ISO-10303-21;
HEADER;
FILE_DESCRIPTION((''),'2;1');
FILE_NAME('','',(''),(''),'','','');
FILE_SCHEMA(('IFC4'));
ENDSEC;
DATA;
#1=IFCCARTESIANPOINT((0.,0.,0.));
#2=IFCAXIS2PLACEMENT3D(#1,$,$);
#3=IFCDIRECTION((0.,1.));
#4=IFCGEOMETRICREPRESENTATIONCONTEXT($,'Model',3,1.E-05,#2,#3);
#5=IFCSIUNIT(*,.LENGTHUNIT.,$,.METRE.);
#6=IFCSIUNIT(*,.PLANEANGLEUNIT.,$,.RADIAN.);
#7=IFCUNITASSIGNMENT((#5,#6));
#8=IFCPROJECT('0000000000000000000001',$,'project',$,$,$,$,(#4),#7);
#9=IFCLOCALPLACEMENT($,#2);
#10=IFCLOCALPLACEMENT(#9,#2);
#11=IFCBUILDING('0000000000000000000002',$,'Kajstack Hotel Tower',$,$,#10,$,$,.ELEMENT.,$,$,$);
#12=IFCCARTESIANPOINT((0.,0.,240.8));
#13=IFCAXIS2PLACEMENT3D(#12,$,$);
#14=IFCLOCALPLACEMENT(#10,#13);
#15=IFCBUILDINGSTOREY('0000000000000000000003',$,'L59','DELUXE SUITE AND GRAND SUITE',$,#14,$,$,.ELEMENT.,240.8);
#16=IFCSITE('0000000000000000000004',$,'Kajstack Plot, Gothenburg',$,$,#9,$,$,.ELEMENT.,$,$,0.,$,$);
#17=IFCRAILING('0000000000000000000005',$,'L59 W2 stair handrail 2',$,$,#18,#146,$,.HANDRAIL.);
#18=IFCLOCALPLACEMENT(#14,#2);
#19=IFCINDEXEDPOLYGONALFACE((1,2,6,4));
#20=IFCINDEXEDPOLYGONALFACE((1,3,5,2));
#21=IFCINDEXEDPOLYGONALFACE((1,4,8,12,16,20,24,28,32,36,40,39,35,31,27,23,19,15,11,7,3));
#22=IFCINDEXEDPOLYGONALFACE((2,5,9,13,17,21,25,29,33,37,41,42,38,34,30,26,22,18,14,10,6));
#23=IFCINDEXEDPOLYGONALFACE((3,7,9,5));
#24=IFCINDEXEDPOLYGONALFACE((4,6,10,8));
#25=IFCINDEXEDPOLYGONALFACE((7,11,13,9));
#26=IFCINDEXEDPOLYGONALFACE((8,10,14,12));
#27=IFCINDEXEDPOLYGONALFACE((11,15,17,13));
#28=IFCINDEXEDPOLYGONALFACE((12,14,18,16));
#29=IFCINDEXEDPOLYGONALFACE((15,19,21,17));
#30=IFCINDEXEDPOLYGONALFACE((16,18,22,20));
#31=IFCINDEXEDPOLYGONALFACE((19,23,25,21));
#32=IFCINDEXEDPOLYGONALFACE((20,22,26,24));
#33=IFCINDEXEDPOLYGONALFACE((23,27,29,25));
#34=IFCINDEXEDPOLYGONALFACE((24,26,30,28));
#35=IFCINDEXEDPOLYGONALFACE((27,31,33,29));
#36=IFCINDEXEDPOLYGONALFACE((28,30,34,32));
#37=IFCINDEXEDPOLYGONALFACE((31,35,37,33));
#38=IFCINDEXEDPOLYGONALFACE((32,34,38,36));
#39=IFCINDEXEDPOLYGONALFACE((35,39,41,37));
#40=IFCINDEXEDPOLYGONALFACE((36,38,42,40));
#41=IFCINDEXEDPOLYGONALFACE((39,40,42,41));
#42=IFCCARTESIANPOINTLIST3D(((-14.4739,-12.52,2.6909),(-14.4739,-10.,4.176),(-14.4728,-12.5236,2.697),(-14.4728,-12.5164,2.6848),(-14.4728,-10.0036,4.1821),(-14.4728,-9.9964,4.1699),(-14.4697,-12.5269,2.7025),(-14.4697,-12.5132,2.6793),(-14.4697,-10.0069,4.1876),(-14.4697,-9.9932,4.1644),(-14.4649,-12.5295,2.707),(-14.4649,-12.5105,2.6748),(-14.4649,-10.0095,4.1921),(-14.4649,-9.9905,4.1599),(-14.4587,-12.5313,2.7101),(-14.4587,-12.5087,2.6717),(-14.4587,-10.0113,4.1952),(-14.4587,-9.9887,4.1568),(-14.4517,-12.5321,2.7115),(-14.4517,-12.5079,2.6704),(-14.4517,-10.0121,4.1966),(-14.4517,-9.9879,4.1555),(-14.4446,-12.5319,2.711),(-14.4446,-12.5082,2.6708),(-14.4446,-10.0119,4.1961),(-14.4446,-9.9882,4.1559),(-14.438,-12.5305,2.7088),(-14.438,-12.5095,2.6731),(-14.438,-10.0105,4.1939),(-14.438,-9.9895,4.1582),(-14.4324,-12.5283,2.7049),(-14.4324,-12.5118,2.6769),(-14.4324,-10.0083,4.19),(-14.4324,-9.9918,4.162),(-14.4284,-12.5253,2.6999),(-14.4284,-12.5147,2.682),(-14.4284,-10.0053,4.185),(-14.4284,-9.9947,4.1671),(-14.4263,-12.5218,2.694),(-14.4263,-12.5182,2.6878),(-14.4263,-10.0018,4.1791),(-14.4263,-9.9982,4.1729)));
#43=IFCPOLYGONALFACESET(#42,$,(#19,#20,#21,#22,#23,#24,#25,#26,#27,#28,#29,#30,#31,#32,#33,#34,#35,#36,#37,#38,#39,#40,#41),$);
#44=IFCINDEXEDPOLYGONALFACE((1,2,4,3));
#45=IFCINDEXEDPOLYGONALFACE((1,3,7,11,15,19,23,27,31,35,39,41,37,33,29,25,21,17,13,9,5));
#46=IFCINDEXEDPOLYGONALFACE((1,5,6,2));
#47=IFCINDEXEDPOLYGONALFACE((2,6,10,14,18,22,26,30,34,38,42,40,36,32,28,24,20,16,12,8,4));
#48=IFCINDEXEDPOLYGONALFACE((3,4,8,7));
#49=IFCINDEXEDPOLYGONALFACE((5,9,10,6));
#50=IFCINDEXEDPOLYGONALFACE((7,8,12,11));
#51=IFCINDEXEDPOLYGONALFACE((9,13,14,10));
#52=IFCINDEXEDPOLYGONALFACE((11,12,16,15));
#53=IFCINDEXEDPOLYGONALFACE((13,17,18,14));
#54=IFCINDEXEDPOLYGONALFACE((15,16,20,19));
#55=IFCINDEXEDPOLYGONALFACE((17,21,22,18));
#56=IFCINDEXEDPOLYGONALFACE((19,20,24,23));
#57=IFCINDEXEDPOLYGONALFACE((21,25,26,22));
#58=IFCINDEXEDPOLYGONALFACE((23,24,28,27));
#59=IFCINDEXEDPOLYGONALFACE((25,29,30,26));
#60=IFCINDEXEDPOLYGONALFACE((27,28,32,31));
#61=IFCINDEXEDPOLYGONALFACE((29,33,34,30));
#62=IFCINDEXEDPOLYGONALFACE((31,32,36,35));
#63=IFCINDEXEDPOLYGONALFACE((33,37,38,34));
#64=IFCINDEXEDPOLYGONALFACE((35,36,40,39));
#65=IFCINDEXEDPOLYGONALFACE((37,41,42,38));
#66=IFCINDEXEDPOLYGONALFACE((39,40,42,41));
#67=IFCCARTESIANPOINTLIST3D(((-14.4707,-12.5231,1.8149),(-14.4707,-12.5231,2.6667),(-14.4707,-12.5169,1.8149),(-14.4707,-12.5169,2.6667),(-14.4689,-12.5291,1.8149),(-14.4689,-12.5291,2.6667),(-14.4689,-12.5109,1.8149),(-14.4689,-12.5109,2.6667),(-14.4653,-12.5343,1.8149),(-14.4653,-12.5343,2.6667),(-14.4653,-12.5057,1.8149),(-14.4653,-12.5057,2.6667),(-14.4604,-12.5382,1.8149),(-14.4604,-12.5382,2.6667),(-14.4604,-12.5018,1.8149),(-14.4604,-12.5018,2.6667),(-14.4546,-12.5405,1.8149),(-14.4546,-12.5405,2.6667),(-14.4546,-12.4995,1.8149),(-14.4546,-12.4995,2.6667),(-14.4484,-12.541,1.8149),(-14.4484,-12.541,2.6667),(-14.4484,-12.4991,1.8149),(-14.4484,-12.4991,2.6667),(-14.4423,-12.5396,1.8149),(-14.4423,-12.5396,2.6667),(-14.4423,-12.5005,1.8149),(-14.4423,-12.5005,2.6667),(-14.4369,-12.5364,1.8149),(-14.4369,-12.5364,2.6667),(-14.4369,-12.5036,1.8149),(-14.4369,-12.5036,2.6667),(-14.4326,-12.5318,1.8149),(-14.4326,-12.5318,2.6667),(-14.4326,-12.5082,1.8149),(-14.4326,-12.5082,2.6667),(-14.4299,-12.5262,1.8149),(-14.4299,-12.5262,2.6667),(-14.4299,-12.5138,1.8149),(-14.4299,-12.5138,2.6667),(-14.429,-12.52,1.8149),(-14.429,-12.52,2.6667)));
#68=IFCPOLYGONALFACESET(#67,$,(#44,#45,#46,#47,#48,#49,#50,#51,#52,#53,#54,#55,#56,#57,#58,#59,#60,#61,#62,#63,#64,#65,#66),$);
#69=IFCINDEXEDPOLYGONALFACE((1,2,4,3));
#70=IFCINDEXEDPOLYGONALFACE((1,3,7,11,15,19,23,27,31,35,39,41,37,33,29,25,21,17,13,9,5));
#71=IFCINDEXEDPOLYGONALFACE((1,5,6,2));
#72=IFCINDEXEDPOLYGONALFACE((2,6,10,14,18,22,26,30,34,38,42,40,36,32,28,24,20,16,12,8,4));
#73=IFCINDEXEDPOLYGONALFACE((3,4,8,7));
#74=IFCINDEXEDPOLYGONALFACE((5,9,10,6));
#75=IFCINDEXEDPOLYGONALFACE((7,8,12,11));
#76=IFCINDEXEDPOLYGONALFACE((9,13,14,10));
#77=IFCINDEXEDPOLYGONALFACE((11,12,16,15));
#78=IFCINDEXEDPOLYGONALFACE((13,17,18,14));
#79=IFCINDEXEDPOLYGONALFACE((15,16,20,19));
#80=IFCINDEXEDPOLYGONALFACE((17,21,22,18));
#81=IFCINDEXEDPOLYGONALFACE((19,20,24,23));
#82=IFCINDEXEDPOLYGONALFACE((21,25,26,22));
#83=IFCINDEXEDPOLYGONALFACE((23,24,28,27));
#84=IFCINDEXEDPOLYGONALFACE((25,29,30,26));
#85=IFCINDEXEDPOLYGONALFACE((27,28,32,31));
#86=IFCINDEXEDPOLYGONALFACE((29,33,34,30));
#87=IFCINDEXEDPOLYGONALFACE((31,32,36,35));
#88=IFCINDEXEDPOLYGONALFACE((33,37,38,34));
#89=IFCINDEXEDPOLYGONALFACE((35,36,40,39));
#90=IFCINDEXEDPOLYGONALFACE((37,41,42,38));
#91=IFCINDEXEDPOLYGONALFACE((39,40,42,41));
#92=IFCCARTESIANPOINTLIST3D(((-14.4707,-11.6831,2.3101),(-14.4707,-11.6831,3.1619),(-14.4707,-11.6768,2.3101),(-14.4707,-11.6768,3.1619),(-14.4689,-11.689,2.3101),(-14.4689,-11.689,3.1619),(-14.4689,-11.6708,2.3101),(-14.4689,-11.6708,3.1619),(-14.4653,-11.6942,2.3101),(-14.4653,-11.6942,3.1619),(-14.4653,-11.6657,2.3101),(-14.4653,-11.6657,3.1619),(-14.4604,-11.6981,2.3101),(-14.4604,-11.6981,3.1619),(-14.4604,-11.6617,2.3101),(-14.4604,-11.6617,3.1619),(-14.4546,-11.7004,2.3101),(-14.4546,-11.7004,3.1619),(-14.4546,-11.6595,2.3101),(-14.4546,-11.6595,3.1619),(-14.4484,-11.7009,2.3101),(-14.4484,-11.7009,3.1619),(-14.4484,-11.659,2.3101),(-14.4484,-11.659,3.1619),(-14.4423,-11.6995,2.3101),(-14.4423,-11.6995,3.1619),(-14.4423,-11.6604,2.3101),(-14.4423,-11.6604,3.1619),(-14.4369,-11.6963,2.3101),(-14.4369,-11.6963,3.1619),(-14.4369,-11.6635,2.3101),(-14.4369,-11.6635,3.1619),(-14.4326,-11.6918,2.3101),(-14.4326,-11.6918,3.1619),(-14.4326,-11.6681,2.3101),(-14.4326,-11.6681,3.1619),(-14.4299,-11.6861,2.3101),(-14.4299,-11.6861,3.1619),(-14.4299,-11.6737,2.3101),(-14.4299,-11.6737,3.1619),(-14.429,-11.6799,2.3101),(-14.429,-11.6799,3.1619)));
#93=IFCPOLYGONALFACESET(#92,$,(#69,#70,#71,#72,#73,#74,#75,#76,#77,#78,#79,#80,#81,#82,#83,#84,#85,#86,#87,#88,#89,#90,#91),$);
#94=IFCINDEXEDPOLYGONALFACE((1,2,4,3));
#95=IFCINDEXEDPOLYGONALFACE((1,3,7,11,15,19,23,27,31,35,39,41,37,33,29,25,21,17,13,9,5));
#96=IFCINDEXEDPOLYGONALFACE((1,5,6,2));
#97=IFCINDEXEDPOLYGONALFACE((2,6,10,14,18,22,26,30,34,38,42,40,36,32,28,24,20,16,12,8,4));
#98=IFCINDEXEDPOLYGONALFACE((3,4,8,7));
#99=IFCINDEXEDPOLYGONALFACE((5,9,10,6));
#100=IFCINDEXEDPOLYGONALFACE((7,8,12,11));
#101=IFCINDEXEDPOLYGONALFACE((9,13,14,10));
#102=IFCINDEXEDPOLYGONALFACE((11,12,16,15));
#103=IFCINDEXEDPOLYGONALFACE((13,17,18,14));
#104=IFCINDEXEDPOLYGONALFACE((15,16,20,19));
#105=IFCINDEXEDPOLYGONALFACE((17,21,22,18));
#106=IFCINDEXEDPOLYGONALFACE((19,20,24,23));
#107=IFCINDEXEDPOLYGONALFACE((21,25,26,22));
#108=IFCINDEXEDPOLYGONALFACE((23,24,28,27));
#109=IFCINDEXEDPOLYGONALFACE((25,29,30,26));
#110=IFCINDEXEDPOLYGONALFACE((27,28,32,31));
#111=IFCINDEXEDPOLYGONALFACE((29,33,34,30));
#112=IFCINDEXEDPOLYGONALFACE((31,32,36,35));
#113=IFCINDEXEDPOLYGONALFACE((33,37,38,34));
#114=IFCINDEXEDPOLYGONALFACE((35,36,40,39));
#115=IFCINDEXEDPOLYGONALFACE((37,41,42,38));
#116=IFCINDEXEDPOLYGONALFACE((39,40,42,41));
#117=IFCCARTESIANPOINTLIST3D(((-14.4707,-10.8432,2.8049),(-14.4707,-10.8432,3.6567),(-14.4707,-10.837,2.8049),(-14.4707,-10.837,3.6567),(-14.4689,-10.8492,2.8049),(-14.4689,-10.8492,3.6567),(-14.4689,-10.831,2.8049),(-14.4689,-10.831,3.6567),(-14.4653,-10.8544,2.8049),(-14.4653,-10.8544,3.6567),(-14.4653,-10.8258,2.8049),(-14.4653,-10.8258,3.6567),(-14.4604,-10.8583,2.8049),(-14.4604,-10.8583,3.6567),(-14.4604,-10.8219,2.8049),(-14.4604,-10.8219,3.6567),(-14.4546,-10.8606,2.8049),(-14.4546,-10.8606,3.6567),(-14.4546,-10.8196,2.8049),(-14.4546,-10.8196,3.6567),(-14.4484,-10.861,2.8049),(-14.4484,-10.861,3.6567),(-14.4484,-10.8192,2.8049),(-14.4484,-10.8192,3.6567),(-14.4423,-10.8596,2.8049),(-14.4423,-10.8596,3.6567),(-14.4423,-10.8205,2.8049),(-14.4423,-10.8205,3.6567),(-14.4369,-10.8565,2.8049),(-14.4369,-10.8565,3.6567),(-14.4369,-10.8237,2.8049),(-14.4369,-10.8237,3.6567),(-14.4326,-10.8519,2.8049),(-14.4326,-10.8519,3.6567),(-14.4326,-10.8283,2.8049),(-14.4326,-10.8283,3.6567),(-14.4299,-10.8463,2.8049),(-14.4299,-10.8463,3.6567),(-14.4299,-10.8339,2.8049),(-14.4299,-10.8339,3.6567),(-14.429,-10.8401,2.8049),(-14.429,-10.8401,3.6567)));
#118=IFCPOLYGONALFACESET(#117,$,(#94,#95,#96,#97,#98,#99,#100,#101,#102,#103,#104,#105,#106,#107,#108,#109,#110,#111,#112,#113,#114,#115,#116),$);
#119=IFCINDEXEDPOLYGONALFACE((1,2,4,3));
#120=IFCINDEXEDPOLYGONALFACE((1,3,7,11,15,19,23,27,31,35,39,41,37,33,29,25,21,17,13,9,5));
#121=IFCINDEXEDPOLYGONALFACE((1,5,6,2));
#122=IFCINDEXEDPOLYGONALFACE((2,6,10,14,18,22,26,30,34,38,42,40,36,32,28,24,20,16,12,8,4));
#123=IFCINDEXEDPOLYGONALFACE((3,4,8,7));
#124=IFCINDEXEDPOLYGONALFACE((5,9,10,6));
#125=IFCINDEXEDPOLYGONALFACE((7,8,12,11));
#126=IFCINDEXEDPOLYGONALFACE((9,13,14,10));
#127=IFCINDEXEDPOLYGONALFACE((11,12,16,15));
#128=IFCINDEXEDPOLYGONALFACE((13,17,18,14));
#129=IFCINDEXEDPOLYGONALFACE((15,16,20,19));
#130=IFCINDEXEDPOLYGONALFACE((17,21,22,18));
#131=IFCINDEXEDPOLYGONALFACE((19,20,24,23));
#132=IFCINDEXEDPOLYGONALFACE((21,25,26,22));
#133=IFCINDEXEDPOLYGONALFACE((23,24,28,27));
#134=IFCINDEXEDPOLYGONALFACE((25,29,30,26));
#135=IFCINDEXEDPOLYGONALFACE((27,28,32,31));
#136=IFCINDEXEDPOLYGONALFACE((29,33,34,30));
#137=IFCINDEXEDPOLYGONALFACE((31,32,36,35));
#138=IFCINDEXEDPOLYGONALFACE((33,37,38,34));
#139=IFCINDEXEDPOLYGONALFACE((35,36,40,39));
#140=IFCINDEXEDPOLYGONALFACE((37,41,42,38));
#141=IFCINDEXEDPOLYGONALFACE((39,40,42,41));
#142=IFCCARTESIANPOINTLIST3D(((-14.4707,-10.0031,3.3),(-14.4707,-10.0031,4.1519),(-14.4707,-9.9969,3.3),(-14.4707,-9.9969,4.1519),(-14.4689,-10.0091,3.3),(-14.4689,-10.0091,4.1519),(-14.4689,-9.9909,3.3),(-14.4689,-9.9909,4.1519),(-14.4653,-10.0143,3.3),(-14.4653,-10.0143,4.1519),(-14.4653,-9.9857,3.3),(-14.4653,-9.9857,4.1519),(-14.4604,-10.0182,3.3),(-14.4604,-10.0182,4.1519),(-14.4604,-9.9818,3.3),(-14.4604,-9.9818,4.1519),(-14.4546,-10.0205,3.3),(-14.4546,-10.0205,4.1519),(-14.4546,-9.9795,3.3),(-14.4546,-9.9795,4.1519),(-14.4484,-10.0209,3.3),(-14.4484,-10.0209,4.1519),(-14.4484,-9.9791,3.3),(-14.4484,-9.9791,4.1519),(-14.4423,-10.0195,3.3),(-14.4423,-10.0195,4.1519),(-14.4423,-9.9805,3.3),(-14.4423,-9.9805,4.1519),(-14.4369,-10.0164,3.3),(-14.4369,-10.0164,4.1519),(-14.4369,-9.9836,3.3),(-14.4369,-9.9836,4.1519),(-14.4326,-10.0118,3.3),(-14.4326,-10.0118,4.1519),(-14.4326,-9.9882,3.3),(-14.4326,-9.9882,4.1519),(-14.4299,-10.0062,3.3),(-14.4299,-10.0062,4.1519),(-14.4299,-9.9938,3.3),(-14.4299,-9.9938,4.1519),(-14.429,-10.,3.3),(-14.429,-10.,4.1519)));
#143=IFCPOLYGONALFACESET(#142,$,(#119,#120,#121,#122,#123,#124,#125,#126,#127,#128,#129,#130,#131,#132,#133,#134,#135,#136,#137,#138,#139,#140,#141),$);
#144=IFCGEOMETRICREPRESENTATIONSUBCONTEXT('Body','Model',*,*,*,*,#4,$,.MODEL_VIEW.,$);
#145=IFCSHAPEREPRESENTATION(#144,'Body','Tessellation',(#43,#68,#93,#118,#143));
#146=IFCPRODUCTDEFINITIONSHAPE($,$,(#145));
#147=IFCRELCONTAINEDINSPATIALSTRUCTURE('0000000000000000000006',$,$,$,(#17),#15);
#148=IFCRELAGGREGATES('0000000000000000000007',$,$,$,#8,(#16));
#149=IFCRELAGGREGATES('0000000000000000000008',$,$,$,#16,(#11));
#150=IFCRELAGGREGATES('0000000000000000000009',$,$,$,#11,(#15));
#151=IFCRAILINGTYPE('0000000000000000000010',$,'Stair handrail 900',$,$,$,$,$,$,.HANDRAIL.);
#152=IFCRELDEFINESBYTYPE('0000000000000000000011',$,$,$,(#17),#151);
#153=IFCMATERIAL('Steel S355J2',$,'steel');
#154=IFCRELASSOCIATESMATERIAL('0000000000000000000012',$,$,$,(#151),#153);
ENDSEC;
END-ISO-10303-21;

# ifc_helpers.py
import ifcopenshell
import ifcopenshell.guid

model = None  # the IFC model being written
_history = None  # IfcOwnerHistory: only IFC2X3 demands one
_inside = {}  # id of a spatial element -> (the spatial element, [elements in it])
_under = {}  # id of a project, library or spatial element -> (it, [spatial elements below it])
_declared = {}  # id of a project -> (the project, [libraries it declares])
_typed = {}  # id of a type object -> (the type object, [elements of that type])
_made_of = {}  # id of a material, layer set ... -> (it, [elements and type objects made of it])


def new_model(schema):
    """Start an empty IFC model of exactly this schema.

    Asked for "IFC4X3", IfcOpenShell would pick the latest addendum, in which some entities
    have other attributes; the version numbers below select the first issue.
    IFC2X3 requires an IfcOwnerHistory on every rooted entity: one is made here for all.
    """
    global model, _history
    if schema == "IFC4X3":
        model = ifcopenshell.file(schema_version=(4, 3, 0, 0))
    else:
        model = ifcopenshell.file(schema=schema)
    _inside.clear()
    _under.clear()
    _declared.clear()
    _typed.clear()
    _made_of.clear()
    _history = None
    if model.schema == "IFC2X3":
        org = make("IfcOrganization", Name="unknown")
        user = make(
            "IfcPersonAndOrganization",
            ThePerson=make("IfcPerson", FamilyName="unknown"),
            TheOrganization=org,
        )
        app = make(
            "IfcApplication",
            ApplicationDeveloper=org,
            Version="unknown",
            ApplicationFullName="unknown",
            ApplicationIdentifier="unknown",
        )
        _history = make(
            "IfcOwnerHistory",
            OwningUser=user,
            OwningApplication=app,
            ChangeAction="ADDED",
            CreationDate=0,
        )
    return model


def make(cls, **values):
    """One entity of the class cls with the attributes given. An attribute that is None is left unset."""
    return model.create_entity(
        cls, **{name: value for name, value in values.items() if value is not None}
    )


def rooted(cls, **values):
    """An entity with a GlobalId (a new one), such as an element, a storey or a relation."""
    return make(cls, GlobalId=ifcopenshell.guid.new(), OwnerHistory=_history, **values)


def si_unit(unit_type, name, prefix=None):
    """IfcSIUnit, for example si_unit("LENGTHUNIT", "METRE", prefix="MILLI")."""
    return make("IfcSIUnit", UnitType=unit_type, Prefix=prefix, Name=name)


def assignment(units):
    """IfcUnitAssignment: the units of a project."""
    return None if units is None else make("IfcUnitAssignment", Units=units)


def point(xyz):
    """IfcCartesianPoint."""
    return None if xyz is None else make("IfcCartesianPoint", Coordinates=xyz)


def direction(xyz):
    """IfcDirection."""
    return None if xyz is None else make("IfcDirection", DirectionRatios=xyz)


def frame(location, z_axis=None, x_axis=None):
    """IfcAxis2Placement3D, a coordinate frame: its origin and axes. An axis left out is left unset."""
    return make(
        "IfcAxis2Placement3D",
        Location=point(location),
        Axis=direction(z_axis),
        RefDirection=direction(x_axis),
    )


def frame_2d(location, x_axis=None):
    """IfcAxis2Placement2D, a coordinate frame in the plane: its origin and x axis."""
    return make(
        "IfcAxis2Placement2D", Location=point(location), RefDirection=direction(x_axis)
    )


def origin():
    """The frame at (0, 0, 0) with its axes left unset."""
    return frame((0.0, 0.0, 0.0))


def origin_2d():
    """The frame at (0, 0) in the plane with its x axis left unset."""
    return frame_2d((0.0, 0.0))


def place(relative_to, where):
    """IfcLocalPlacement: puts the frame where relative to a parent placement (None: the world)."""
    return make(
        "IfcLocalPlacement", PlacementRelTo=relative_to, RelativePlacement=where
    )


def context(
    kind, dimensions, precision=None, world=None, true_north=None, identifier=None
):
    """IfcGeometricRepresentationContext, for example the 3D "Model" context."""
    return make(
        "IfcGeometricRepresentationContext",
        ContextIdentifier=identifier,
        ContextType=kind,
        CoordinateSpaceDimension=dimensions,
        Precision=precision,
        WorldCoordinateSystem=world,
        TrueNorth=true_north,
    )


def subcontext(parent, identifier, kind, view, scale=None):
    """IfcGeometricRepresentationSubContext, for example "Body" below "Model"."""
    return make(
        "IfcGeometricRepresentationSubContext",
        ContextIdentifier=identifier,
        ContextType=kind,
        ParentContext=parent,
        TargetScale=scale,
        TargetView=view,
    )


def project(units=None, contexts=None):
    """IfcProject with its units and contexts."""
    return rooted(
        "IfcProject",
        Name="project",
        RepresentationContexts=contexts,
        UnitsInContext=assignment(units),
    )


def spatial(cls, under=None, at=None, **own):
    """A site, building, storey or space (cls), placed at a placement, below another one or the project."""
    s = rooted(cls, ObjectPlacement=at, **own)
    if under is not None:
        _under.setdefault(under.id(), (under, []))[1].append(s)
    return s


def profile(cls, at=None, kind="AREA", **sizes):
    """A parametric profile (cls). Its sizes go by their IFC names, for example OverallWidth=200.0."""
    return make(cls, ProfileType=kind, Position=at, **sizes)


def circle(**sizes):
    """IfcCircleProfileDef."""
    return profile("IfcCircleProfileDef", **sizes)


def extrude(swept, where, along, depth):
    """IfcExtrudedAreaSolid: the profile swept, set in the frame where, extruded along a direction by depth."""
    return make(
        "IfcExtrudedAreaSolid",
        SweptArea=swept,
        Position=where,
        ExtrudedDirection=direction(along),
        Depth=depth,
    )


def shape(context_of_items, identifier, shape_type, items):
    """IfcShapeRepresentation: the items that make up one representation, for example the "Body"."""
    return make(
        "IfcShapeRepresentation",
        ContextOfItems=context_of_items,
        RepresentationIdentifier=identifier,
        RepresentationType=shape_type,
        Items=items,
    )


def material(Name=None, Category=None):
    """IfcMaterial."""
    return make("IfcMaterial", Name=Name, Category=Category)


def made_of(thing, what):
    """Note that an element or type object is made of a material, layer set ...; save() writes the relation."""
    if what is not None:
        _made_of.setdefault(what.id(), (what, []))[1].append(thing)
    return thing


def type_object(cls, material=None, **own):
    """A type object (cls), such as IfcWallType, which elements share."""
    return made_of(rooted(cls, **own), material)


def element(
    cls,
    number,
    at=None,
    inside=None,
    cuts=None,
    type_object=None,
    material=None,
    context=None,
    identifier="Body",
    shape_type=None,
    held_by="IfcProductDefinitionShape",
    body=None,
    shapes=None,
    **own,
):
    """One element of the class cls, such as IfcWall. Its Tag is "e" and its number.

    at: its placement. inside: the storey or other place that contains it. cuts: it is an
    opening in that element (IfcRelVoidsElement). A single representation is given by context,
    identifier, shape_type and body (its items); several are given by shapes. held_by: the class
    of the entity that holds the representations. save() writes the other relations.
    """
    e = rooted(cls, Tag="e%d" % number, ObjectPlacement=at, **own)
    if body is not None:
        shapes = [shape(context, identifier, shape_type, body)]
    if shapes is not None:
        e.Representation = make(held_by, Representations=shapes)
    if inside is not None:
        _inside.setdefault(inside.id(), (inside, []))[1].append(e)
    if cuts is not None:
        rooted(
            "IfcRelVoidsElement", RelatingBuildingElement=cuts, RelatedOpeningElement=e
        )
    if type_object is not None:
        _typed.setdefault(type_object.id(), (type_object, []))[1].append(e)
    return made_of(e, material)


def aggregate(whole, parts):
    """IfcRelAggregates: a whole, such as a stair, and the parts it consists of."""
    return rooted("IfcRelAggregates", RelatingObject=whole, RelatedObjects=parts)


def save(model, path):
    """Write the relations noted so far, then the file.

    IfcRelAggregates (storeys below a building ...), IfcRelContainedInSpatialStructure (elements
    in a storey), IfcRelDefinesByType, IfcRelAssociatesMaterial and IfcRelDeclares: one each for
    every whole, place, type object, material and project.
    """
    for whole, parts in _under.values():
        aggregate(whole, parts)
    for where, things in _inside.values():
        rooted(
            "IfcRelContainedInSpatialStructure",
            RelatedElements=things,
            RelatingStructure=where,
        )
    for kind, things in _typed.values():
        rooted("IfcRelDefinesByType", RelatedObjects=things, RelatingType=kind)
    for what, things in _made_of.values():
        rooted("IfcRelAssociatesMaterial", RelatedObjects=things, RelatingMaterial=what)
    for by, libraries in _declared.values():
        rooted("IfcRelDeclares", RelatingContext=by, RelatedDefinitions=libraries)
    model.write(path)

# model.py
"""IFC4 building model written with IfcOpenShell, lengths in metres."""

from ifc_helpers import new_model, si_unit, direction, frame, origin, origin_2d, place, context, subcontext, project, spatial, circle, extrude, material, type_object, element, save


model = new_model("IFC4")

# Units and contexts
model_context = context("Model", 3, precision=1e-05, world=origin(), true_north=direction((0.0, 1.0)))
body_context = subcontext(model_context, "Body", "Model", "MODEL_VIEW")
ifc_project = project(units=[si_unit("LENGTHUNIT", "METRE"), si_unit("PLANEANGLEUNIT", "RADIAN")], contexts=[model_context])

# Site, building, storey
site_placement = place(None, origin())
site = spatial("IfcSite", under=ifc_project, at=site_placement, Name="Kajstack Plot, Gothenburg", CompositionType="ELEMENT", RefElevation=0.0)
building_placement = place(site_placement, origin())
building = spatial("IfcBuilding", under=site, at=building_placement, Name="Kajstack Hotel Tower", CompositionType="ELEMENT")
storey_placement = place(building_placement, frame((0.0, 0.0, 240.8)))
storey = spatial("IfcBuildingStorey", under=building, at=storey_placement, Name="L59", Description="DELUXE SUITE AND GRAND SUITE", CompositionType="ELEMENT", Elevation=240.8)

# Railing
ifc_material_1 = material(Name="Steel S355J2", Category="steel")
railing_type = type_object("IfcRailingType", Name="Stair handrail 900", PredefinedType="HANDRAIL", material=ifc_material_1)
railing_placement = place(storey_placement, frame((-14.45, -12.52, 1.8149)))
element("IfcRailing", 1, at=railing_placement, inside=storey, type_object=railing_type, Name="L59 W2 stair handrail 2", PredefinedType="HANDRAIL", context=body_context, shape_type="SweptSolid", body=[
    extrude(circle(Radius=0.0239, at=origin_2d()), frame((0.0, 0.0, 0.876), z_axis=(0.0, 0.861524, 0.507717), x_axis=(-1.0, 0.0, 0.0)), (0.0, 0.0, 1.0), 2.925),
    extrude(circle(Radius=0.021, at=origin_2d()), origin(), (0.0, 0.0, 1.0), 0.8518),
    extrude(circle(Radius=0.021, at=origin_2d()), frame((0.0, 0.8401, 0.4951)), (0.0, 0.0, 1.0), 0.8518),
    extrude(circle(Radius=0.021, at=origin_2d()), frame((0.0, 1.6799, 0.99)), (0.0, 0.0, 1.0), 0.8518),
    extrude(circle(Radius=0.021, at=origin_2d()), frame((0.0, 2.52, 1.4851)), (0.0, 0.0, 1.0), 0.8518),
])

save(model, "model.ifc")
